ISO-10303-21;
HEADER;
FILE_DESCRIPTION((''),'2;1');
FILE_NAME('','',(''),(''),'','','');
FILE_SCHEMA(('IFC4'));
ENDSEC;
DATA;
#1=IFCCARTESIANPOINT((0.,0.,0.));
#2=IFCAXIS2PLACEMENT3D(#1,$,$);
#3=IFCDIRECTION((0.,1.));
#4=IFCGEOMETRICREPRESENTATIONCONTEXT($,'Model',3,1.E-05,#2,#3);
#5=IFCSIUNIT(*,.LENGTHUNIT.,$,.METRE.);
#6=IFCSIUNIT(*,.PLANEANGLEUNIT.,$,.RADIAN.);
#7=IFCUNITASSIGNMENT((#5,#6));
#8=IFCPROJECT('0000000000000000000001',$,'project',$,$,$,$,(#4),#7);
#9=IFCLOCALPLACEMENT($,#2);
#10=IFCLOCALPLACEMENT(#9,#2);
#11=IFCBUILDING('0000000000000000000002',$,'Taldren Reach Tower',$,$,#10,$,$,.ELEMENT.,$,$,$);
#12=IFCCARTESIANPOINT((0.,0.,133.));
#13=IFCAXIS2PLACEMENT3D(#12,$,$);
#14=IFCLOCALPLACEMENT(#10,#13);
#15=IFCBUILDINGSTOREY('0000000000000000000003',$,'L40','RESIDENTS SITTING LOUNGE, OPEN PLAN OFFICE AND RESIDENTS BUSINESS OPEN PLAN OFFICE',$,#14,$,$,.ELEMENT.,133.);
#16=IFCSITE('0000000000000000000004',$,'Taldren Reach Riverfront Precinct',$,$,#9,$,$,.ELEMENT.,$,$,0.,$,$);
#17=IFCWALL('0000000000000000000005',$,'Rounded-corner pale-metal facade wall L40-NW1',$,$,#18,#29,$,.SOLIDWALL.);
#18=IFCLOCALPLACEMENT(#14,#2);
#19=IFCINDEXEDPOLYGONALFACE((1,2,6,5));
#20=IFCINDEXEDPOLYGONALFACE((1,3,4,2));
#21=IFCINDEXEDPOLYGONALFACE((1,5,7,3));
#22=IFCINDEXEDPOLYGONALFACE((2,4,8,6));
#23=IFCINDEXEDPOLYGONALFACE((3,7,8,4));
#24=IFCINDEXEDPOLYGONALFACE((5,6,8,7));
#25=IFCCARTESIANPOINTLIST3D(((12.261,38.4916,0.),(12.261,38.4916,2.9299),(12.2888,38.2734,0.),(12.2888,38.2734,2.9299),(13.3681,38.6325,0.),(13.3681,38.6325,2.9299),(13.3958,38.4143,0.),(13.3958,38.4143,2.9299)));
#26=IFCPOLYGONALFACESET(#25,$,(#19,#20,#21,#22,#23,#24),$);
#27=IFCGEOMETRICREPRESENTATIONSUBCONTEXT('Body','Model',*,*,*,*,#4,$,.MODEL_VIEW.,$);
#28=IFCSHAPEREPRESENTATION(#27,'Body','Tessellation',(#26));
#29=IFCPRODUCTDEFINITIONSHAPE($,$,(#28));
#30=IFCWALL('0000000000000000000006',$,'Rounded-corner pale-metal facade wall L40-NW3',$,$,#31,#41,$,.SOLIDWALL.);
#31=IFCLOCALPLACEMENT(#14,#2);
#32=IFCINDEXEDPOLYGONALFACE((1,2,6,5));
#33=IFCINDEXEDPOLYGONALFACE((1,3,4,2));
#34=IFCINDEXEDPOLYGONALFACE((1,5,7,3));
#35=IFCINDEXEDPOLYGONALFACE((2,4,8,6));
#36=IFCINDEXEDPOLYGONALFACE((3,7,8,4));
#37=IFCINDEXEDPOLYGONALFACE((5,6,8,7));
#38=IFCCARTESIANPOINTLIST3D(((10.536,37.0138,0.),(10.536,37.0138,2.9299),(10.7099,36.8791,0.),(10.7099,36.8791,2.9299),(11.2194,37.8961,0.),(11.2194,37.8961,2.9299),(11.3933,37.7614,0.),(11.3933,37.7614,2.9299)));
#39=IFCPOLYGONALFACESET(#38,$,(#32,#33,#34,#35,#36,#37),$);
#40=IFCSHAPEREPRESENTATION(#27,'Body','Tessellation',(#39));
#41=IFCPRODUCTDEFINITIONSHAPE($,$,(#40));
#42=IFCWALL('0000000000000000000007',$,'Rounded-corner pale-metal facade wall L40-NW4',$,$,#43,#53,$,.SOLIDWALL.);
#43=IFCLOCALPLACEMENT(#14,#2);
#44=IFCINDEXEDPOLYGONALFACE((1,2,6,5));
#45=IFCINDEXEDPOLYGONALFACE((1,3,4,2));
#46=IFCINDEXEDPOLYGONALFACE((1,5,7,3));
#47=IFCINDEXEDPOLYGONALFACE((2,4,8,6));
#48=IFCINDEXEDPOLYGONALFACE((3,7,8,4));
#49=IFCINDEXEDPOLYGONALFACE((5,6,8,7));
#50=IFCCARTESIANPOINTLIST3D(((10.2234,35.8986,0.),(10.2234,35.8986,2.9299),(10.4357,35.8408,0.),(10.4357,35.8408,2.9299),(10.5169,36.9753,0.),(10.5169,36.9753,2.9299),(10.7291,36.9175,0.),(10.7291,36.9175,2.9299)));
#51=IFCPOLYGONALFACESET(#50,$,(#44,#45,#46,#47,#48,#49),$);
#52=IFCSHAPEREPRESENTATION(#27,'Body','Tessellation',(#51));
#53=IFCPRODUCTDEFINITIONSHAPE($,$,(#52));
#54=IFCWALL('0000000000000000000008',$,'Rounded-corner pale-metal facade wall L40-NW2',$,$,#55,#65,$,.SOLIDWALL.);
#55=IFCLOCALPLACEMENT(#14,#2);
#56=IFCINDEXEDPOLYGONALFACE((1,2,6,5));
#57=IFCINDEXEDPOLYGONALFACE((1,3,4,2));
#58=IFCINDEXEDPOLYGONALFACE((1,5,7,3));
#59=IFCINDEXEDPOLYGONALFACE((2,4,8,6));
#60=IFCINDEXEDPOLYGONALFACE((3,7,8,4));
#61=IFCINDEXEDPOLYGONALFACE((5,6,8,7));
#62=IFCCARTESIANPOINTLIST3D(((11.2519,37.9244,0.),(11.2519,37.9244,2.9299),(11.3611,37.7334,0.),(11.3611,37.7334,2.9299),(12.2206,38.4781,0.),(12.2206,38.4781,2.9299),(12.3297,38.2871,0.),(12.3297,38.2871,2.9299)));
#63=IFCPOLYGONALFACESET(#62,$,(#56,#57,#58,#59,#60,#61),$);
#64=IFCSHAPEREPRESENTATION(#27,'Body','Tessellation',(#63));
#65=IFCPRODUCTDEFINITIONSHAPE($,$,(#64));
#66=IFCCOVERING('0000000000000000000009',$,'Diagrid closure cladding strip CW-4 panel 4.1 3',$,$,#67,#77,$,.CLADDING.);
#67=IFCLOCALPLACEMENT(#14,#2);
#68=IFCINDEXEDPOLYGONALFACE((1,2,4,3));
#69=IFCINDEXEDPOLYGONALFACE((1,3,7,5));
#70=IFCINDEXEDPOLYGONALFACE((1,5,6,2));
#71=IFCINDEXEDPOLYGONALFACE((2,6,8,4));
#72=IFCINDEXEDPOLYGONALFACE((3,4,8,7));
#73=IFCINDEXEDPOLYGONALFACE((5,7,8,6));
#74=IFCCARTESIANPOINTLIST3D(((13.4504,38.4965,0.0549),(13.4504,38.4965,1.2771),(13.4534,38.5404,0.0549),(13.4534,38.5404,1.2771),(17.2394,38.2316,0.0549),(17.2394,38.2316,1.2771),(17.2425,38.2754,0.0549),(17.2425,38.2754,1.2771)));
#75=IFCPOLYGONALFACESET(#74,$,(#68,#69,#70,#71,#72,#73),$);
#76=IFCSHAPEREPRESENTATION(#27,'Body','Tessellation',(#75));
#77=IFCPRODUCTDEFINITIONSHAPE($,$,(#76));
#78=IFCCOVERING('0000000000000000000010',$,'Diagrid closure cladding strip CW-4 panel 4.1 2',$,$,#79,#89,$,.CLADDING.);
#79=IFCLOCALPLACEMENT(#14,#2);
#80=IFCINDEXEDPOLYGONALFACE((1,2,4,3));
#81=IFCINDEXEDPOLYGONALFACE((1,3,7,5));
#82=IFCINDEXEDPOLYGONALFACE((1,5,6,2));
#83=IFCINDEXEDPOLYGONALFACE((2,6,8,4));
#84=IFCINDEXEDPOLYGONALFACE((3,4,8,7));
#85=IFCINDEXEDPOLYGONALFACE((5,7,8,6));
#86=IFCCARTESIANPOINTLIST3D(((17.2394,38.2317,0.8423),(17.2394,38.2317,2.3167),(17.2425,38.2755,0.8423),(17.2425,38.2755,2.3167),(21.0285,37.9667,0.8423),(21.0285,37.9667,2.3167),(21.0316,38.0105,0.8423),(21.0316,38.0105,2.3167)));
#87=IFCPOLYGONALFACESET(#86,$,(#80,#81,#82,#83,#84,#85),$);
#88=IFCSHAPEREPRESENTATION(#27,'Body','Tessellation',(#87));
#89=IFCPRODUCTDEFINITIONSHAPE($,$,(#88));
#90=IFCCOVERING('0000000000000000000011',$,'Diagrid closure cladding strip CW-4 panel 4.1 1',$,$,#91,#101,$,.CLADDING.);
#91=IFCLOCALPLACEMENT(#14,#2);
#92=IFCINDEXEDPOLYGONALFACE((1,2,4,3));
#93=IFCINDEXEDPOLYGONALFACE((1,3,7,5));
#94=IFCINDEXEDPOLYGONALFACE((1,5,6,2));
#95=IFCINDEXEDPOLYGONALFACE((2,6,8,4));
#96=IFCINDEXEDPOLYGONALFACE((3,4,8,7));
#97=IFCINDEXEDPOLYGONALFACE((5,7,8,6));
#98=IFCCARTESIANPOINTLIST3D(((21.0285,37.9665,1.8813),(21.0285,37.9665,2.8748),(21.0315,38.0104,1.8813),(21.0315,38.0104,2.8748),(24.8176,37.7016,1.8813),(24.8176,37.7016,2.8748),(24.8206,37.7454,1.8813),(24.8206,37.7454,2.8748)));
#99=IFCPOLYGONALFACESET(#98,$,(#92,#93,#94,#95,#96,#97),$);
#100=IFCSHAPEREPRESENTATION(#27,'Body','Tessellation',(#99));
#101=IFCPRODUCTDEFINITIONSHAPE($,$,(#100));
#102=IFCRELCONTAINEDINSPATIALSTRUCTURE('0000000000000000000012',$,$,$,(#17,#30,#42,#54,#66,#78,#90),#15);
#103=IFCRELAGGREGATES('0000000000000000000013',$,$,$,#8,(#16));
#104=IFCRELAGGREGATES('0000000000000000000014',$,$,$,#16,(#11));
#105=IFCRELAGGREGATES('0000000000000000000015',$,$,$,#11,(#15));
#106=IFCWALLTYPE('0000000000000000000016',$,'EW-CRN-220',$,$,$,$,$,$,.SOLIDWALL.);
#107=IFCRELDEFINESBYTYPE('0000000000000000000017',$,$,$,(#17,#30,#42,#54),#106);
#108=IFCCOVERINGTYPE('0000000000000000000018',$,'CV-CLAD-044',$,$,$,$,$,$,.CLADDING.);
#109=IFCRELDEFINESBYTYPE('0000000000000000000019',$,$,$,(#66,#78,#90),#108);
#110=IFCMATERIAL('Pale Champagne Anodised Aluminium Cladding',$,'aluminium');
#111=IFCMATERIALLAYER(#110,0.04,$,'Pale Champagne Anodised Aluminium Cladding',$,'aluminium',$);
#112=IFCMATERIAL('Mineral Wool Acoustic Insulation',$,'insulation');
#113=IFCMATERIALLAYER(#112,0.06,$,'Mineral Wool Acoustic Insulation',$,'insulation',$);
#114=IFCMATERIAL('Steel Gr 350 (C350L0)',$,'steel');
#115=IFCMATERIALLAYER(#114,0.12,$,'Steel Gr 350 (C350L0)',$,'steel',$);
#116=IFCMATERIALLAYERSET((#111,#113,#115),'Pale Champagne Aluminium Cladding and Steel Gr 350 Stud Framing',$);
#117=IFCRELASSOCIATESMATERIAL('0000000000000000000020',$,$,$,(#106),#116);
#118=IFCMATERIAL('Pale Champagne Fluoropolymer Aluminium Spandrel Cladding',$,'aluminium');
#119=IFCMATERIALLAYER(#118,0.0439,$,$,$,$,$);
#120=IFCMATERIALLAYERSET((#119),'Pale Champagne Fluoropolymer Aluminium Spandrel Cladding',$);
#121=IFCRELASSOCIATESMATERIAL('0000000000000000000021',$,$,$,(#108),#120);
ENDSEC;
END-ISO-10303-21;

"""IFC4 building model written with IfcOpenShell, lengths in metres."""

from ifc_helpers import new_model, si_unit, direction, frame, frame_2d, origin, origin_2d, place, context, subcontext, project, spatial, rectangle, extrude, source, transform, mapped, material, layer, layer_set, type_object, element, save


model = new_model("IFC4")

# Units and contexts
model_context = context("Model", 3, precision=1e-05, world=origin(), true_north=direction((0.0, 1.0)))
body_context = subcontext(model_context, "Body", "Model", "MODEL_VIEW")
ifc_project = project(units=[si_unit("LENGTHUNIT", "METRE"), si_unit("PLANEANGLEUNIT", "RADIAN")], contexts=[model_context])

# Site, building, storey
site_placement = place(None, origin())
site = spatial("IfcSite", under=ifc_project, at=site_placement, Name="Taldren Reach Riverfront Precinct", CompositionType="ELEMENT", RefElevation=0.0)
building_placement = place(site_placement, origin())
building = spatial("IfcBuilding", under=site, at=building_placement, Name="Taldren Reach Tower", CompositionType="ELEMENT")
storey_placement = place(building_placement, frame((0.0, 0.0, 133.0)))
storey = spatial("IfcBuildingStorey", under=building, at=storey_placement, Name="L40", Description="RESIDENTS SITTING LOUNGE, OPEN PLAN OFFICE AND RESIDENTS BUSINESS OPEN PLAN OFFICE", CompositionType="ELEMENT", Elevation=133.0)

# Shared definitions
ifc_material_1 = material(Name="Steel Gr 350 (C350L0)", Category="steel")

# Walls
ifc_material_2 = material(Name="Pale Champagne Anodised Aluminium Cladding", Category="aluminium")
ifc_layer_1 = layer(ifc_material_2, 0.04, Name="Pale Champagne Anodised Aluminium Cladding", Category="aluminium")
ifc_material_3 = material(Name="Mineral Wool Acoustic Insulation", Category="insulation")
ifc_layer_2 = layer(ifc_material_3, 0.06, Name="Mineral Wool Acoustic Insulation", Category="insulation")
ifc_layer_3 = layer(ifc_material_1, 0.12, Name="Steel Gr 350 (C350L0)", Category="steel")
ifc_layer_set_1 = layer_set([ifc_layer_1, ifc_layer_2, ifc_layer_3], Name="Pale Champagne Aluminium Cladding and Steel Gr 350 Stud Framing")
wall_type = type_object("IfcWallType", Name="EW-CRN-220", PredefinedType="SOLIDWALL", material=ifc_layer_set_1)
shared_shape_1 = source(origin(), body_context, "Body", "SweptSolid", [
    extrude(rectangle(XDim=1.116, YDim=0.22, at=frame_2d((0.5581, 0.0))), origin(), (0.0, 0.0, 1.0), 2.9299),
])
for number, where, z_axis, x_axis, name in (
    (1, (13.3821, 38.5234, 0.0), (0.0, 0.0, 1.0), (-0.991999, -0.126243, 0.0), "Rounded-corner pale-metal facade wall L40-NW1"),
    (2, (11.3064, 37.8289, 0.0), (0.0, 0.0, 1.0), (-0.612319, -0.790611, 0.0), "Rounded-corner pale-metal facade wall L40-NW3"),
    (3, (10.623, 36.9465, 0.0), (0.0, 0.0, 1.0), (-0.262969, -0.964804, 0.0), "Rounded-corner pale-metal facade wall L40-NW4"),
):
    element("IfcWall", number, at=place(storey_placement, frame(where, z_axis=z_axis, x_axis=x_axis)), inside=storey, type_object=wall_type, Name=name, PredefinedType="SOLIDWALL", context=body_context, shape_type="MappedRepresentation", body=[
        mapped(shared_shape_1, transform((0.0, 0.0, 0.0), scale=1.0)),
    ])
shared_shape_2 = source(origin(), body_context, "Body", "SweptSolid", [
    extrude(rectangle(XDim=1.1157, YDim=0.22, at=frame_2d((0.5579, 0.0))), origin(), (0.0, 0.0, 1.0), 2.9299),
])
wall_placement = place(storey_placement, frame((12.2751, 38.3826, 0.0), z_axis=(0.0, 0.0, 1.0), x_axis=(-0.868189, -0.496233, 0.0)))
element("IfcWall", 4, at=wall_placement, inside=storey, type_object=wall_type, Name="Rounded-corner pale-metal facade wall L40-NW2", PredefinedType="SOLIDWALL", context=body_context, shape_type="MappedRepresentation", body=[
    mapped(shared_shape_2, transform((0.0, 0.0, 0.0), scale=1.0)),
])

# Coverings
ifc_material_4 = material(Name="Pale Champagne Fluoropolymer Aluminium Spandrel Cladding", Category="aluminium")
ifc_layer_4 = layer(ifc_material_4, 0.0439)
ifc_layer_set_2 = layer_set([ifc_layer_4], Name="Pale Champagne Fluoropolymer Aluminium Spandrel Cladding")
covering_type = type_object("IfcCoveringType", Name="CV-CLAD-044", PredefinedType="CLADDING", material=ifc_layer_set_2)
shared_shape_3 = source(origin(), body_context, "Body", "SweptSolid", [
    extrude(rectangle(XDim=3.7983, YDim=0.0439, at=origin_2d()), origin(), (0.0, 0.0, 1.0), 1.2222),
])
covering_1_placement = place(storey_placement, frame((15.3464, 38.386, 0.0549), z_axis=(0.0, 0.0, 1.0), x_axis=(-0.997564, 0.069757, 0.0)))
element("IfcCovering", 5, at=covering_1_placement, inside=storey, type_object=covering_type, Name="Diagrid closure cladding strip CW-4 panel 4.1 3", PredefinedType="CLADDING", context=body_context, shape_type="MappedRepresentation", body=[
    mapped(shared_shape_3, transform((0.0, 0.0, 0.0), scale=1.0)),
])
shared_shape_4 = source(origin(), body_context, "Body", "SweptSolid", [
    extrude(rectangle(XDim=3.7983, YDim=0.0439, at=origin_2d()), origin(), (0.0, 0.0, 1.0), 1.4744),
])
covering_2_placement = place(storey_placement, frame((19.1355, 38.1211, 0.8423), z_axis=(0.0, 0.0, 1.0), x_axis=(-0.997564, 0.069757, 0.0)))
element("IfcCovering", 6, at=covering_2_placement, inside=storey, type_object=covering_type, Name="Diagrid closure cladding strip CW-4 panel 4.1 2", PredefinedType="CLADDING", context=body_context, shape_type="MappedRepresentation", body=[
    mapped(shared_shape_4, transform((0.0, 0.0, 0.0), scale=1.0)),
])
shared_shape_5 = source(origin(), body_context, "Body", "SweptSolid", [
    extrude(rectangle(XDim=3.7983, YDim=0.0439, at=origin_2d()), origin(), (0.0, 0.0, 1.0), 0.9934),
])
covering_3_placement = place(storey_placement, frame((22.9246, 37.856, 1.8813), z_axis=(0.0, 0.0, 1.0), x_axis=(-0.997564, 0.069757, 0.0)))
element("IfcCovering", 7, at=covering_3_placement, inside=storey, type_object=covering_type, Name="Diagrid closure cladding strip CW-4 panel 4.1 1", PredefinedType="CLADDING", context=body_context, shape_type="MappedRepresentation", body=[
    mapped(shared_shape_5, transform((0.0, 0.0, 0.0), scale=1.0)),
])

save(model, "model.ifc")
